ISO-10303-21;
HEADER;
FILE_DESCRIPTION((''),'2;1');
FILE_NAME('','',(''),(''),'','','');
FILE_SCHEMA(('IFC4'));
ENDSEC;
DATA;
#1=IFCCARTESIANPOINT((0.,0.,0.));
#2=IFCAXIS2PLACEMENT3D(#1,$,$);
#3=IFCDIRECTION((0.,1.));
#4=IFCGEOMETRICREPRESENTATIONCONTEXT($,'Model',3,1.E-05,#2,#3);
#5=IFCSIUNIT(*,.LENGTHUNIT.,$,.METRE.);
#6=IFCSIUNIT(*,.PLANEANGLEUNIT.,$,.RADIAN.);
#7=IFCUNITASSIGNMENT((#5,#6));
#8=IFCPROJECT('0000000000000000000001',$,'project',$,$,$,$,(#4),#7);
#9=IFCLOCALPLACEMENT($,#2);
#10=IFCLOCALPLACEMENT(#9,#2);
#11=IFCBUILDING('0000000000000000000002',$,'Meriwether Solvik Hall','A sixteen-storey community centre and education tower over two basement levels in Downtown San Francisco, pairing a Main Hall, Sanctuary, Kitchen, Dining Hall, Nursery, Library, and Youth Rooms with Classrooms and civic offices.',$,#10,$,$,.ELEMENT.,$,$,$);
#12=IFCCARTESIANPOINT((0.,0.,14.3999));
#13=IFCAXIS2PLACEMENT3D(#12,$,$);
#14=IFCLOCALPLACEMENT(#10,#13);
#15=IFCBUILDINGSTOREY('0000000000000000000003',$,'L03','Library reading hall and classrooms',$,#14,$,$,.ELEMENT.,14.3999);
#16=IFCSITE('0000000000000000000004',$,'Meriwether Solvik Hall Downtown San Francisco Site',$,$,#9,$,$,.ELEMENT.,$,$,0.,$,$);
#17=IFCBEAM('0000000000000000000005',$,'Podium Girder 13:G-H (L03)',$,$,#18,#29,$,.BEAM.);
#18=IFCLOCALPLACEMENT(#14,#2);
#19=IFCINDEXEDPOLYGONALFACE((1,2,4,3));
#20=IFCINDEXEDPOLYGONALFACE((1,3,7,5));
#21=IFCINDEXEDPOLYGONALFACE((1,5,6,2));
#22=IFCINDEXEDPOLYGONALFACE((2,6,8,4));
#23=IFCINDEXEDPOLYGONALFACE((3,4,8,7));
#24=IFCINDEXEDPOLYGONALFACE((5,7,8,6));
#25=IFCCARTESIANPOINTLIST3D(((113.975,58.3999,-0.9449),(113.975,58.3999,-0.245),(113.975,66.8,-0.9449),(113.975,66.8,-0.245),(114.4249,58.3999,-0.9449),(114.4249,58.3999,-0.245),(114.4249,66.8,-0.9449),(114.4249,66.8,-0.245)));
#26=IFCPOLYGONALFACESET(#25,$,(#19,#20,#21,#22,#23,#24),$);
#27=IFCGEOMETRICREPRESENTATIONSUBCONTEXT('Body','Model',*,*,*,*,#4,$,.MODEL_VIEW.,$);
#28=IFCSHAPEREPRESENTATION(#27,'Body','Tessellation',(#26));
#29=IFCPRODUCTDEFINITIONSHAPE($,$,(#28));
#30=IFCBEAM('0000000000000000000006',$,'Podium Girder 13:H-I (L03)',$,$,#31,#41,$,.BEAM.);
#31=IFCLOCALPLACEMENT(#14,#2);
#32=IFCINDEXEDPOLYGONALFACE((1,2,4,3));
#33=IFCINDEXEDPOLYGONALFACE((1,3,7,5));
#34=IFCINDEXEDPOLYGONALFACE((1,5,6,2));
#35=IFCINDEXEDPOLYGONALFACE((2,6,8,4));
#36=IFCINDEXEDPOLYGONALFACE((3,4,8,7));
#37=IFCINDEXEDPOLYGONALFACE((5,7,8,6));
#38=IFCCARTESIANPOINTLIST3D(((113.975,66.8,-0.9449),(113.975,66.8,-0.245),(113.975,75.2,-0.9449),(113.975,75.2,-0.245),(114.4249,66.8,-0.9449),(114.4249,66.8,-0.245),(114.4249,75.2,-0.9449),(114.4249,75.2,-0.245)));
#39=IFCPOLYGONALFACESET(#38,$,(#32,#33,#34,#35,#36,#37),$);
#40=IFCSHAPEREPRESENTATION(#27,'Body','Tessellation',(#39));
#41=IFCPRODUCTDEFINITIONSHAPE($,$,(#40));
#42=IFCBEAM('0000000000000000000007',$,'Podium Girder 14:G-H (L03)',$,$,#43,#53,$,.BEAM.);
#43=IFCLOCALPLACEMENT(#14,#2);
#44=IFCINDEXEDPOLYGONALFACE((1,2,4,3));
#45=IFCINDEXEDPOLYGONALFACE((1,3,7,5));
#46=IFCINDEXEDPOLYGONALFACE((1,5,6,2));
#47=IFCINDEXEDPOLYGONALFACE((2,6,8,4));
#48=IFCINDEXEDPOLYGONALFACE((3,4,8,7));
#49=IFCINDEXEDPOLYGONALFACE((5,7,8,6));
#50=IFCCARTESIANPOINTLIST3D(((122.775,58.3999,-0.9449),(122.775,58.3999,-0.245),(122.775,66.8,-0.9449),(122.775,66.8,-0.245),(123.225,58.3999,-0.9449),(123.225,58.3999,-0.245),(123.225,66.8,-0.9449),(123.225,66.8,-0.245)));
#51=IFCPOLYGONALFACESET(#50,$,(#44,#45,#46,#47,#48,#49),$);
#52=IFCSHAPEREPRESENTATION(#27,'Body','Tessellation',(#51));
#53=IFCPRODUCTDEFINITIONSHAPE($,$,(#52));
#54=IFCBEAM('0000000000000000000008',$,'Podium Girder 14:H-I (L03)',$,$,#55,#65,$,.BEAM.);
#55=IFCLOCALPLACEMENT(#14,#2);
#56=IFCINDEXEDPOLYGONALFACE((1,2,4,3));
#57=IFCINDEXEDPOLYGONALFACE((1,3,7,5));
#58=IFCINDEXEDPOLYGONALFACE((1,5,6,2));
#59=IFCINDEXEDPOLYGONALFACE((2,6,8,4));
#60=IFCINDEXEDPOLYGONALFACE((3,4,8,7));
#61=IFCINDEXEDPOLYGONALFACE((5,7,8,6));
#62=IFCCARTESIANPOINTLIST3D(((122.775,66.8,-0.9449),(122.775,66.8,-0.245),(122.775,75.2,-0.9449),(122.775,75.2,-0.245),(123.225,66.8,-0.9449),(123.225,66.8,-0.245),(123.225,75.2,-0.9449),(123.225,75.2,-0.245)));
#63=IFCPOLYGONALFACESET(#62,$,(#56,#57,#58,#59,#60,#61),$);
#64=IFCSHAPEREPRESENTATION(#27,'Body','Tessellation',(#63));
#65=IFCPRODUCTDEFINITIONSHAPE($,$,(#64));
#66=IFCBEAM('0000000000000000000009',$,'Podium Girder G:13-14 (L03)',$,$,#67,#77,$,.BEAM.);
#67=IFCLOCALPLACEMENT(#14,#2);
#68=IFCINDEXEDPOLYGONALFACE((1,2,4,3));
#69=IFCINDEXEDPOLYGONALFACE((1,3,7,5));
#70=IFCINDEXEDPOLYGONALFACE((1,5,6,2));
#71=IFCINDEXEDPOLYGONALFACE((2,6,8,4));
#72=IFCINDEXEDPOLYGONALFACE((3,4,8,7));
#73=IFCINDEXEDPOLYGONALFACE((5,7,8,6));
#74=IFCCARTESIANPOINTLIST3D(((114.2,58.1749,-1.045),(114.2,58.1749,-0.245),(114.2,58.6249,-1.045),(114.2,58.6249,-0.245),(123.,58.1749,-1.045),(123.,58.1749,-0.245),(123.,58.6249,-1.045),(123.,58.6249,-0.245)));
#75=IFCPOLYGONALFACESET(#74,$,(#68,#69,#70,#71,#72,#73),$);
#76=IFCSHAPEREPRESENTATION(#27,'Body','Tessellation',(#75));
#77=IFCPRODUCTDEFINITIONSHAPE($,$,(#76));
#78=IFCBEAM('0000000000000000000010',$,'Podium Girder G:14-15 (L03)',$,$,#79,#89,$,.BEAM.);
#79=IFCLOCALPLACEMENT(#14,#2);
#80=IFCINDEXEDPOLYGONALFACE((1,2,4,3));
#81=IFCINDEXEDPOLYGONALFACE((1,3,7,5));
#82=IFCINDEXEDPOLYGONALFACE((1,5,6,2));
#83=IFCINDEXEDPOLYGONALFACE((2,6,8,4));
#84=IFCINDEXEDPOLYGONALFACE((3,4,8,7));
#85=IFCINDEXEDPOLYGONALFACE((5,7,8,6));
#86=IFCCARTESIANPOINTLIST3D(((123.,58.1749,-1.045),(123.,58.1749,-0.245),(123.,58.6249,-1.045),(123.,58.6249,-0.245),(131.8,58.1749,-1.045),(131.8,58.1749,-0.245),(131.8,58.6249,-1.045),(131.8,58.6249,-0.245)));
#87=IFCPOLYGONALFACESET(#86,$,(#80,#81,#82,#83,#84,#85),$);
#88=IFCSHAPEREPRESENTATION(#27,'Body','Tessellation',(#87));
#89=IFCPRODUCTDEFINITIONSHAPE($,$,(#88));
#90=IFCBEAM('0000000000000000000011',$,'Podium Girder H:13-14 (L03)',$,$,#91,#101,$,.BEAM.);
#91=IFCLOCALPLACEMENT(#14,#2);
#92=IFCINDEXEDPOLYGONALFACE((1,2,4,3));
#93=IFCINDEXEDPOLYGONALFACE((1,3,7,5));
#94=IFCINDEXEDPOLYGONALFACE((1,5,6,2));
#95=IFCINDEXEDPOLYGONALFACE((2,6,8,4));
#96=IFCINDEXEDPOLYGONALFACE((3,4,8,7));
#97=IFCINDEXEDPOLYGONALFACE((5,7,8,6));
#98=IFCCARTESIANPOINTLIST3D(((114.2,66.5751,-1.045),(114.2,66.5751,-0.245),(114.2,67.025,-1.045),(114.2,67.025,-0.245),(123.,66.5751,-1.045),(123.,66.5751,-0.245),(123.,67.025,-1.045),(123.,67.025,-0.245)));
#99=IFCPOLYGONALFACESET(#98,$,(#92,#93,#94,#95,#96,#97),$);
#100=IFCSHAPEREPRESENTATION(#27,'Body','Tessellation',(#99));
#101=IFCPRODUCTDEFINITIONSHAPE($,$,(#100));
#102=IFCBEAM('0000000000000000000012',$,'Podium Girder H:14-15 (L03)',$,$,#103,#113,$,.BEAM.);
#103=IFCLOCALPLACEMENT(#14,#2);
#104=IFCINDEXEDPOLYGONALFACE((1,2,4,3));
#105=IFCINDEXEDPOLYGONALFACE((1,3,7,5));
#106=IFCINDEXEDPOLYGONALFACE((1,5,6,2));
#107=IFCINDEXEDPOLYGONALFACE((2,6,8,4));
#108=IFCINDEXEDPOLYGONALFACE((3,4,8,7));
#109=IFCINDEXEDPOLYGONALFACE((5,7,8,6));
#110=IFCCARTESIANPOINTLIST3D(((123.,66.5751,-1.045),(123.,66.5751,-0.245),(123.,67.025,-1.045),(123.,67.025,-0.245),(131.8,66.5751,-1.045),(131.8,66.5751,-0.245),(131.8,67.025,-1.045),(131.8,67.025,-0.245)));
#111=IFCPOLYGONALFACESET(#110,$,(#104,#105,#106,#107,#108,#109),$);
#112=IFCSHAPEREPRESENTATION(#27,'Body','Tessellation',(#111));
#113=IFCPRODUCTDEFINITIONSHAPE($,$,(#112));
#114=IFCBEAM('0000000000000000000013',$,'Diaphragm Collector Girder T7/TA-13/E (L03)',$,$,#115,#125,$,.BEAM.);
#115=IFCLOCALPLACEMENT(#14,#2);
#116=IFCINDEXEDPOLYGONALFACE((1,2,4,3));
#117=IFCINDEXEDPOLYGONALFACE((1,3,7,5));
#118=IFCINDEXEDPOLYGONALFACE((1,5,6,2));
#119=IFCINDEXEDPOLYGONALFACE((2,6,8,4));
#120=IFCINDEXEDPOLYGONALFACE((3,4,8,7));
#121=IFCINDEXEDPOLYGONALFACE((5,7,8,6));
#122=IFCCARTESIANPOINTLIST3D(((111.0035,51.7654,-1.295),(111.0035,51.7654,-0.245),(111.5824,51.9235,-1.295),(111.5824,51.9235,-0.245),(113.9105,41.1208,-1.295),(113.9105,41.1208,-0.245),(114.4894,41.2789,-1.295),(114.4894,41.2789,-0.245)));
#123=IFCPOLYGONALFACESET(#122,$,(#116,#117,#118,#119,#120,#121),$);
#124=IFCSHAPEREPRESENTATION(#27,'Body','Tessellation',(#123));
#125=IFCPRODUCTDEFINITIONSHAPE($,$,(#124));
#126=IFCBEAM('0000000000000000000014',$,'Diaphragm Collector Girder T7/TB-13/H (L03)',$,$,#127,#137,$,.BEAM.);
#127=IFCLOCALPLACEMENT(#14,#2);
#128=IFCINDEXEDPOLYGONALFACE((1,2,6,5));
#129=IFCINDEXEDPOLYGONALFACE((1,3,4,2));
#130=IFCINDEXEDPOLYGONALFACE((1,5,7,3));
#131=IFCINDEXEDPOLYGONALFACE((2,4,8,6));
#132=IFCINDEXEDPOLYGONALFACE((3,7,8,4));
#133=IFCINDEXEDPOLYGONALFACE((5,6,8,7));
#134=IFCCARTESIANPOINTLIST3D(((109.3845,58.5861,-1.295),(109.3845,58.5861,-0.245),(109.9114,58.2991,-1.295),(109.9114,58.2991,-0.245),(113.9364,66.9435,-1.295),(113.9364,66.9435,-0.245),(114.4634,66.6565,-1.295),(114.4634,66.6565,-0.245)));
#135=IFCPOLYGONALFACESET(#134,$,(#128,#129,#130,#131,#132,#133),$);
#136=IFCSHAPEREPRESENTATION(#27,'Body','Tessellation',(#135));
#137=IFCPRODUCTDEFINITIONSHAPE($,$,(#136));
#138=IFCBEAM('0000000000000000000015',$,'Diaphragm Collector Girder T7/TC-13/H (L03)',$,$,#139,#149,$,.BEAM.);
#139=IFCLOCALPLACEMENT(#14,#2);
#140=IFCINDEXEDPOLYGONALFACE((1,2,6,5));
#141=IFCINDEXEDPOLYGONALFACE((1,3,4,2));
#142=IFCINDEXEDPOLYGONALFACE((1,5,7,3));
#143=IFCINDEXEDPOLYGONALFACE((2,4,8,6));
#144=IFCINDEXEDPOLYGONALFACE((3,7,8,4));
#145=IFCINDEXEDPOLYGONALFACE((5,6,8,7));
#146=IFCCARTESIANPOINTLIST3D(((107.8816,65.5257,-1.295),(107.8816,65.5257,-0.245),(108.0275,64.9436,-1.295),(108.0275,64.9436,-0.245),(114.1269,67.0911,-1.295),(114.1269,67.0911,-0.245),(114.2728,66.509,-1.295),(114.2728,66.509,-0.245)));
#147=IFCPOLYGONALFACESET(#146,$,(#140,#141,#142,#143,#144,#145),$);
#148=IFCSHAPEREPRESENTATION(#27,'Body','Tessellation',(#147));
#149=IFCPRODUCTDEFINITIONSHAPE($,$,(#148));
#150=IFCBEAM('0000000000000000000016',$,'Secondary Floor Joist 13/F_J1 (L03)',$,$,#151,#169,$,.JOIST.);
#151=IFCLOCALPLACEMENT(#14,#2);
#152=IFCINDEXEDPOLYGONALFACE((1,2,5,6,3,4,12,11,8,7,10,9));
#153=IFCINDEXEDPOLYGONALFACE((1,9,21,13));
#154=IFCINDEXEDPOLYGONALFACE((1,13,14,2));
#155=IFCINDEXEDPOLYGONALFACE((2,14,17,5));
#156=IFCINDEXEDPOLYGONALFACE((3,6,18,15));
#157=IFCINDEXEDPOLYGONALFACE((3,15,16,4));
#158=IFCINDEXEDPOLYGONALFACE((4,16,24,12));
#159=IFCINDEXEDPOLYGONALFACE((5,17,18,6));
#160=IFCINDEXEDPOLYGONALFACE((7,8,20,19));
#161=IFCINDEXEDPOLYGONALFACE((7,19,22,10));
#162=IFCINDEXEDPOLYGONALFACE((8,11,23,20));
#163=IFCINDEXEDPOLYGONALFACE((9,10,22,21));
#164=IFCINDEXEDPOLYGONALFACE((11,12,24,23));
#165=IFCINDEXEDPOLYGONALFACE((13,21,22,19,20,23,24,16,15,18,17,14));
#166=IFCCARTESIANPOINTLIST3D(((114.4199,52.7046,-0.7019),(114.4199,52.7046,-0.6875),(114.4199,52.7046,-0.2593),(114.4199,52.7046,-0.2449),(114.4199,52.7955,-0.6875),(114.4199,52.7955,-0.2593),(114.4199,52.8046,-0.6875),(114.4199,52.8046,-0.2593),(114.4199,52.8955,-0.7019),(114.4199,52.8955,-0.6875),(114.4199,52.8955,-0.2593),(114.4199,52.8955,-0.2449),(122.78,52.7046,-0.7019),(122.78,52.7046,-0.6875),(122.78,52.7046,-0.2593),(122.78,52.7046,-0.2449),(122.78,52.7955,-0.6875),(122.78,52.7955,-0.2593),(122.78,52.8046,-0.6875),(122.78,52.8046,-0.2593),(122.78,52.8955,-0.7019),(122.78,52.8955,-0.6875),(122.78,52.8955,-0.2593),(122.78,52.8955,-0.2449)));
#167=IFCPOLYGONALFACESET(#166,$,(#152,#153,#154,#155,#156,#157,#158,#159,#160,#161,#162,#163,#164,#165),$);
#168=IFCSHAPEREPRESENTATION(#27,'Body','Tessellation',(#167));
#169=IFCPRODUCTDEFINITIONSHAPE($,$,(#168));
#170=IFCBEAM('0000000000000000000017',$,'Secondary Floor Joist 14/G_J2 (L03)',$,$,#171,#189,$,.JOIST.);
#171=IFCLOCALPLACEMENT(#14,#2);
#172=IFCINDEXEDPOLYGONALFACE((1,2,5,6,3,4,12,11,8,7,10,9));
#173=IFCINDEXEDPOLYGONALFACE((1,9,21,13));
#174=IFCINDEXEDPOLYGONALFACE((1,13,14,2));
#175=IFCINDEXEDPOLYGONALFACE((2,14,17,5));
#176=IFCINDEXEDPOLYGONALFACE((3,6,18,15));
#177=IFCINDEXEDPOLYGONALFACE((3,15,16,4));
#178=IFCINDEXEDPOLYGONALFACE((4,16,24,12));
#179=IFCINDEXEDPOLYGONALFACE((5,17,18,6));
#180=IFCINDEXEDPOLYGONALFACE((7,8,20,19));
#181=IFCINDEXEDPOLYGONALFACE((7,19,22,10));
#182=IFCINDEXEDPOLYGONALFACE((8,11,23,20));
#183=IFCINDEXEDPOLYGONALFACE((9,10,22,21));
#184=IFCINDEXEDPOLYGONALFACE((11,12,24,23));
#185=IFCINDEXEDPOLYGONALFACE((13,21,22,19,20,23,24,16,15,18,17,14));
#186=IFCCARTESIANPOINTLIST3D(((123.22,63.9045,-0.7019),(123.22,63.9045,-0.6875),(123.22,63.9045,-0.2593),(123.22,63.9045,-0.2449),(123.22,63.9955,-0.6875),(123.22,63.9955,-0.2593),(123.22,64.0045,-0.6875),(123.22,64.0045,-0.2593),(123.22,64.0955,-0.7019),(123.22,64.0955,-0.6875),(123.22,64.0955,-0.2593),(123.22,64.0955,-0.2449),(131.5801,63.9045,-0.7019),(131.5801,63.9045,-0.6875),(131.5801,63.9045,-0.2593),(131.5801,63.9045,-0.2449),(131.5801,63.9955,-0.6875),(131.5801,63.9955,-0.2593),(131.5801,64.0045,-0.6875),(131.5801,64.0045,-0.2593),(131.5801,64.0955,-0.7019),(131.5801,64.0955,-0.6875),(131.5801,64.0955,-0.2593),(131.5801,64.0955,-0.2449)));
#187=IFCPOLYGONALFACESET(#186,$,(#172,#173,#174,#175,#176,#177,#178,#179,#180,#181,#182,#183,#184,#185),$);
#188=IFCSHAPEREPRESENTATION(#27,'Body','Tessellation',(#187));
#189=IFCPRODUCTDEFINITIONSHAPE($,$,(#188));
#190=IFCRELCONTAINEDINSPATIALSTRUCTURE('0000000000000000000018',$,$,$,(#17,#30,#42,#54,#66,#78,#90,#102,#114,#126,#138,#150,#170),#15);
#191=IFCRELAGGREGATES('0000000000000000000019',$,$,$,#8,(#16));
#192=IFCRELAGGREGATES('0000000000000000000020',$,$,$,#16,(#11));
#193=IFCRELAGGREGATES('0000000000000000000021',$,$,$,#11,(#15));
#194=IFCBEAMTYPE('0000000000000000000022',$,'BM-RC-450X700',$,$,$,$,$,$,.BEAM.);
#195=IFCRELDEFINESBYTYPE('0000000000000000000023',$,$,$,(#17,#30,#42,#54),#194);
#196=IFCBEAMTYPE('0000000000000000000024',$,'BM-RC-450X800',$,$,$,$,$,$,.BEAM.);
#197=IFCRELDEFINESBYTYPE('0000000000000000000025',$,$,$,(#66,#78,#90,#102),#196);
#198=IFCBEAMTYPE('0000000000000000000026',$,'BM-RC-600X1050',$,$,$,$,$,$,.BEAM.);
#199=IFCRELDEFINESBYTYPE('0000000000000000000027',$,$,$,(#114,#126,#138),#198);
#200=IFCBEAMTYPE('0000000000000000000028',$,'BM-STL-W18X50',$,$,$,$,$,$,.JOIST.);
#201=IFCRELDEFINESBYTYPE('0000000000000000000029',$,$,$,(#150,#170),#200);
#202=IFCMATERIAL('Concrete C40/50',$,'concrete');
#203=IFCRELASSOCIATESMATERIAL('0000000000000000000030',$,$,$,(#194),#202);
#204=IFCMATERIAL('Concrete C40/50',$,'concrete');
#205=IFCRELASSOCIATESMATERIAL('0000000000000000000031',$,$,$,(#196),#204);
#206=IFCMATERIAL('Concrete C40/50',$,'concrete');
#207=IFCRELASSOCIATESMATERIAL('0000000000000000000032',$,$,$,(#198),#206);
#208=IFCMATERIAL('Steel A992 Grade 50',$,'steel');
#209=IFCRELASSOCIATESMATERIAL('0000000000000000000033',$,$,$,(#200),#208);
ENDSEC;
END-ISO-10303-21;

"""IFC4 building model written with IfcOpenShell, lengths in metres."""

from ifc_helpers import new_model, si_unit, direction, frame, origin, origin_2d, place, context, subcontext, project, spatial, rectangle, i_section, extrude, material, material_profile, profile_set, type_object, element, save


model = new_model("IFC4")

# Units and contexts
model_context = context("Model", 3, precision=1e-05, world=origin(), true_north=direction((0.0, 1.0)))
body_context = subcontext(model_context, "Body", "Model", "MODEL_VIEW")
ifc_project = project(units=[si_unit("LENGTHUNIT", "METRE"), si_unit("PLANEANGLEUNIT", "RADIAN")], contexts=[model_context])

# Site, building, storey
site_placement = place(None, origin())
site = spatial("IfcSite", under=ifc_project, at=site_placement, Name="Meriwether Solvik Hall Downtown San Francisco Site", CompositionType="ELEMENT", RefElevation=0.0)
building_placement = place(site_placement, origin())
building = spatial("IfcBuilding", under=site, at=building_placement, Name="Meriwether Solvik Hall", Description="A sixteen-storey community centre and education tower over two basement levels in Downtown San Francisco, pairing a Main Hall, Sanctuary, Kitchen, Dining Hall, Nursery, Library, and Youth Rooms with Classrooms and civic offices.", CompositionType="ELEMENT")
storey_placement = place(building_placement, frame((0.0, 0.0, 14.3999)))
storey = spatial("IfcBuildingStorey", under=building, at=storey_placement, Name="L03", Description="Library reading hall and classrooms", CompositionType="ELEMENT", Elevation=14.3999)

# Beams
ifc_material_1 = material(Name="Concrete C40/50", Category="concrete")
ifc_material_profile_1 = material_profile(ifc_material_1, rectangle(XDim=0.45, YDim=0.7, at=origin_2d()), Name="RCB-450X700")
ifc_profile_set_1 = profile_set([ifc_material_profile_1], Name="Concrete C40/50")
beam_type_1 = type_object("IfcBeamType", Name="BM-RC-450X700", PredefinedType="BEAM", material=ifc_profile_set_1)
beam_1_placement = place(storey_placement, frame((114.2, 58.3999, -0.595), z_axis=(0.0, 1.0, 0.0), x_axis=(-1.0, 0.0, 0.0)))
element("IfcBeam", 1, at=beam_1_placement, inside=storey, type_object=beam_type_1, Name="Podium Girder 13:G-H (L03)", PredefinedType="BEAM", context=body_context, shape_type="SweptSolid", body=[
    extrude(rectangle(XDim=0.45, YDim=0.7, at=origin_2d()), origin(), (0.0, 0.0, 1.0), 8.4001),
])
beam_2_placement = place(storey_placement, frame((114.2, 66.8, -0.595), z_axis=(0.0, 1.0, 0.0), x_axis=(-1.0, 0.0, 0.0)))
element("IfcBeam", 2, at=beam_2_placement, inside=storey, type_object=beam_type_1, Name="Podium Girder 13:H-I (L03)", PredefinedType="BEAM", context=body_context, shape_type="SweptSolid", body=[
    extrude(rectangle(XDim=0.45, YDim=0.7, at=origin_2d()), origin(), (0.0, 0.0, 1.0), 8.3999),
])
beam_3_placement = place(storey_placement, frame((123.0, 58.3999, -0.595), z_axis=(0.0, 1.0, 0.0), x_axis=(-1.0, 0.0, 0.0)))
element("IfcBeam", 3, at=beam_3_placement, inside=storey, type_object=beam_type_1, Name="Podium Girder 14:G-H (L03)", PredefinedType="BEAM", context=body_context, shape_type="SweptSolid", body=[
    extrude(rectangle(XDim=0.45, YDim=0.7, at=origin_2d()), origin(), (0.0, 0.0, 1.0), 8.4001),
])
beam_4_placement = place(storey_placement, frame((123.0, 66.8, -0.595), z_axis=(0.0, 1.0, 0.0), x_axis=(-1.0, 0.0, 0.0)))
element("IfcBeam", 4, at=beam_4_placement, inside=storey, type_object=beam_type_1, Name="Podium Girder 14:H-I (L03)", PredefinedType="BEAM", context=body_context, shape_type="SweptSolid", body=[
    extrude(rectangle(XDim=0.45, YDim=0.7, at=origin_2d()), origin(), (0.0, 0.0, 1.0), 8.3999),
])
ifc_material_2 = material(Name="Concrete C40/50", Category="concrete")
ifc_material_profile_2 = material_profile(ifc_material_2, rectangle(XDim=0.45, YDim=0.8, at=origin_2d()), Name="RCB-450X800")
ifc_profile_set_2 = profile_set([ifc_material_profile_2], Name="Concrete C40/50")
beam_type_2 = type_object("IfcBeamType", Name="BM-RC-450X800", PredefinedType="BEAM", material=ifc_profile_set_2)
for number, where, z_axis, x_axis, name in (
    (5, (114.2, 58.3999, -0.645), (1.0, 0.0, 0.0), (0.0, 1.0, 0.0), "Podium Girder G:13-14 (L03)"),
    (6, (123.0, 58.3999, -0.645), (1.0, 0.0, 0.0), (0.0, 1.0, 0.0), "Podium Girder G:14-15 (L03)"),
    (7, (114.2, 66.8, -0.645), (1.0, 0.0, 0.0), (0.0, 1.0, 0.0), "Podium Girder H:13-14 (L03)"),
    (8, (123.0, 66.8, -0.645), (1.0, 0.0, 0.0), (0.0, 1.0, 0.0), "Podium Girder H:14-15 (L03)"),
):
    element("IfcBeam", number, at=place(storey_placement, frame(where, z_axis=z_axis, x_axis=x_axis)), inside=storey, type_object=beam_type_2, Name=name, PredefinedType="BEAM", context=body_context, shape_type="SweptSolid", body=[
        extrude(rectangle(XDim=0.45, YDim=0.8, at=origin_2d()), origin(), (0.0, 0.0, 1.0), 8.8),
    ])
ifc_material_3 = material(Name="Concrete C40/50", Category="concrete")
ifc_material_profile_3 = material_profile(ifc_material_3, rectangle(XDim=0.6001, YDim=1.05, at=origin_2d()), Name="RCB-600X1050")
ifc_profile_set_3 = profile_set([ifc_material_profile_3], Name="Concrete C40/50")
beam_type_3 = type_object("IfcBeamType", Name="BM-RC-600X1050", PredefinedType="BEAM", material=ifc_profile_set_3)
beam_5_placement = place(storey_placement, frame((111.293, 51.8445, -0.77), z_axis=(0.263449, -0.964673, 0.0), x_axis=(0.964673, 0.263449, 0.0)))
element("IfcBeam", 9, at=beam_5_placement, inside=storey, type_object=beam_type_3, Name="Diaphragm Collector Girder T7/TA-13/E (L03)", PredefinedType="BEAM", context=body_context, shape_type="SweptSolid", body=[
    extrude(rectangle(XDim=0.6001, YDim=1.05, at=origin_2d()), origin(), (0.0, 0.0, 1.0), 11.0344),
])
beam_6_placement = place(storey_placement, frame((109.6479, 58.4426, -0.77), z_axis=(0.478318, 0.878187, 0.0), x_axis=(-0.878187, 0.478318, 0.0)))
element("IfcBeam", 10, at=beam_6_placement, inside=storey, type_object=beam_type_3, Name="Diaphragm Collector Girder T7/TB-13/H (L03)", PredefinedType="BEAM", context=body_context, shape_type="SweptSolid", body=[
    extrude(rectangle(XDim=0.6001, YDim=1.05, at=origin_2d()), origin(), (0.0, 0.0, 1.0), 9.5166),
])
beam_7_placement = place(storey_placement, frame((107.9546, 65.2346, -0.77), z_axis=(0.969993, 0.243133, 0.0), x_axis=(-0.243133, 0.969993, 0.0)))
element("IfcBeam", 11, at=beam_7_placement, inside=storey, type_object=beam_type_3, Name="Diaphragm Collector Girder T7/TC-13/H (L03)", PredefinedType="BEAM", context=body_context, shape_type="SweptSolid", body=[
    extrude(rectangle(XDim=0.6001, YDim=1.05, at=origin_2d()), origin(), (0.0, 0.0, 1.0), 6.4385),
])
ifc_material_4 = material(Name="Steel A992 Grade 50", Category="steel")
ifc_material_profile_4 = material_profile(ifc_material_4, i_section(OverallWidth=0.1909, OverallDepth=0.457, WebThickness=0.009, FlangeThickness=0.0144, at=origin_2d()), Name="W18X50")
ifc_profile_set_4 = profile_set([ifc_material_profile_4], Name="Steel A992 Grade 50")
beam_type_4 = type_object("IfcBeamType", Name="BM-STL-W18X50", PredefinedType="JOIST", material=ifc_profile_set_4)
for number, where, z_axis, x_axis, name in (
    (12, (114.4199, 52.8, -0.4734), (1.0, 0.0, 0.0), (0.0, 1.0, 0.0), "Secondary Floor Joist 13/F_J1 (L03)"),
    (13, (123.22, 64.0, -0.4734), (1.0, 0.0, 0.0), (0.0, 1.0, 0.0), "Secondary Floor Joist 14/G_J2 (L03)"),
):
    element("IfcBeam", number, at=place(storey_placement, frame(where, z_axis=z_axis, x_axis=x_axis)), inside=storey, type_object=beam_type_4, Name=name, PredefinedType="JOIST", context=body_context, shape_type="SweptSolid", body=[
        extrude(i_section(OverallWidth=0.1909, OverallDepth=0.457, WebThickness=0.009, FlangeThickness=0.0144, at=origin_2d()), origin(), (0.0, 0.0, 1.0), 8.3601),
    ])

save(model, "model.ifc")
